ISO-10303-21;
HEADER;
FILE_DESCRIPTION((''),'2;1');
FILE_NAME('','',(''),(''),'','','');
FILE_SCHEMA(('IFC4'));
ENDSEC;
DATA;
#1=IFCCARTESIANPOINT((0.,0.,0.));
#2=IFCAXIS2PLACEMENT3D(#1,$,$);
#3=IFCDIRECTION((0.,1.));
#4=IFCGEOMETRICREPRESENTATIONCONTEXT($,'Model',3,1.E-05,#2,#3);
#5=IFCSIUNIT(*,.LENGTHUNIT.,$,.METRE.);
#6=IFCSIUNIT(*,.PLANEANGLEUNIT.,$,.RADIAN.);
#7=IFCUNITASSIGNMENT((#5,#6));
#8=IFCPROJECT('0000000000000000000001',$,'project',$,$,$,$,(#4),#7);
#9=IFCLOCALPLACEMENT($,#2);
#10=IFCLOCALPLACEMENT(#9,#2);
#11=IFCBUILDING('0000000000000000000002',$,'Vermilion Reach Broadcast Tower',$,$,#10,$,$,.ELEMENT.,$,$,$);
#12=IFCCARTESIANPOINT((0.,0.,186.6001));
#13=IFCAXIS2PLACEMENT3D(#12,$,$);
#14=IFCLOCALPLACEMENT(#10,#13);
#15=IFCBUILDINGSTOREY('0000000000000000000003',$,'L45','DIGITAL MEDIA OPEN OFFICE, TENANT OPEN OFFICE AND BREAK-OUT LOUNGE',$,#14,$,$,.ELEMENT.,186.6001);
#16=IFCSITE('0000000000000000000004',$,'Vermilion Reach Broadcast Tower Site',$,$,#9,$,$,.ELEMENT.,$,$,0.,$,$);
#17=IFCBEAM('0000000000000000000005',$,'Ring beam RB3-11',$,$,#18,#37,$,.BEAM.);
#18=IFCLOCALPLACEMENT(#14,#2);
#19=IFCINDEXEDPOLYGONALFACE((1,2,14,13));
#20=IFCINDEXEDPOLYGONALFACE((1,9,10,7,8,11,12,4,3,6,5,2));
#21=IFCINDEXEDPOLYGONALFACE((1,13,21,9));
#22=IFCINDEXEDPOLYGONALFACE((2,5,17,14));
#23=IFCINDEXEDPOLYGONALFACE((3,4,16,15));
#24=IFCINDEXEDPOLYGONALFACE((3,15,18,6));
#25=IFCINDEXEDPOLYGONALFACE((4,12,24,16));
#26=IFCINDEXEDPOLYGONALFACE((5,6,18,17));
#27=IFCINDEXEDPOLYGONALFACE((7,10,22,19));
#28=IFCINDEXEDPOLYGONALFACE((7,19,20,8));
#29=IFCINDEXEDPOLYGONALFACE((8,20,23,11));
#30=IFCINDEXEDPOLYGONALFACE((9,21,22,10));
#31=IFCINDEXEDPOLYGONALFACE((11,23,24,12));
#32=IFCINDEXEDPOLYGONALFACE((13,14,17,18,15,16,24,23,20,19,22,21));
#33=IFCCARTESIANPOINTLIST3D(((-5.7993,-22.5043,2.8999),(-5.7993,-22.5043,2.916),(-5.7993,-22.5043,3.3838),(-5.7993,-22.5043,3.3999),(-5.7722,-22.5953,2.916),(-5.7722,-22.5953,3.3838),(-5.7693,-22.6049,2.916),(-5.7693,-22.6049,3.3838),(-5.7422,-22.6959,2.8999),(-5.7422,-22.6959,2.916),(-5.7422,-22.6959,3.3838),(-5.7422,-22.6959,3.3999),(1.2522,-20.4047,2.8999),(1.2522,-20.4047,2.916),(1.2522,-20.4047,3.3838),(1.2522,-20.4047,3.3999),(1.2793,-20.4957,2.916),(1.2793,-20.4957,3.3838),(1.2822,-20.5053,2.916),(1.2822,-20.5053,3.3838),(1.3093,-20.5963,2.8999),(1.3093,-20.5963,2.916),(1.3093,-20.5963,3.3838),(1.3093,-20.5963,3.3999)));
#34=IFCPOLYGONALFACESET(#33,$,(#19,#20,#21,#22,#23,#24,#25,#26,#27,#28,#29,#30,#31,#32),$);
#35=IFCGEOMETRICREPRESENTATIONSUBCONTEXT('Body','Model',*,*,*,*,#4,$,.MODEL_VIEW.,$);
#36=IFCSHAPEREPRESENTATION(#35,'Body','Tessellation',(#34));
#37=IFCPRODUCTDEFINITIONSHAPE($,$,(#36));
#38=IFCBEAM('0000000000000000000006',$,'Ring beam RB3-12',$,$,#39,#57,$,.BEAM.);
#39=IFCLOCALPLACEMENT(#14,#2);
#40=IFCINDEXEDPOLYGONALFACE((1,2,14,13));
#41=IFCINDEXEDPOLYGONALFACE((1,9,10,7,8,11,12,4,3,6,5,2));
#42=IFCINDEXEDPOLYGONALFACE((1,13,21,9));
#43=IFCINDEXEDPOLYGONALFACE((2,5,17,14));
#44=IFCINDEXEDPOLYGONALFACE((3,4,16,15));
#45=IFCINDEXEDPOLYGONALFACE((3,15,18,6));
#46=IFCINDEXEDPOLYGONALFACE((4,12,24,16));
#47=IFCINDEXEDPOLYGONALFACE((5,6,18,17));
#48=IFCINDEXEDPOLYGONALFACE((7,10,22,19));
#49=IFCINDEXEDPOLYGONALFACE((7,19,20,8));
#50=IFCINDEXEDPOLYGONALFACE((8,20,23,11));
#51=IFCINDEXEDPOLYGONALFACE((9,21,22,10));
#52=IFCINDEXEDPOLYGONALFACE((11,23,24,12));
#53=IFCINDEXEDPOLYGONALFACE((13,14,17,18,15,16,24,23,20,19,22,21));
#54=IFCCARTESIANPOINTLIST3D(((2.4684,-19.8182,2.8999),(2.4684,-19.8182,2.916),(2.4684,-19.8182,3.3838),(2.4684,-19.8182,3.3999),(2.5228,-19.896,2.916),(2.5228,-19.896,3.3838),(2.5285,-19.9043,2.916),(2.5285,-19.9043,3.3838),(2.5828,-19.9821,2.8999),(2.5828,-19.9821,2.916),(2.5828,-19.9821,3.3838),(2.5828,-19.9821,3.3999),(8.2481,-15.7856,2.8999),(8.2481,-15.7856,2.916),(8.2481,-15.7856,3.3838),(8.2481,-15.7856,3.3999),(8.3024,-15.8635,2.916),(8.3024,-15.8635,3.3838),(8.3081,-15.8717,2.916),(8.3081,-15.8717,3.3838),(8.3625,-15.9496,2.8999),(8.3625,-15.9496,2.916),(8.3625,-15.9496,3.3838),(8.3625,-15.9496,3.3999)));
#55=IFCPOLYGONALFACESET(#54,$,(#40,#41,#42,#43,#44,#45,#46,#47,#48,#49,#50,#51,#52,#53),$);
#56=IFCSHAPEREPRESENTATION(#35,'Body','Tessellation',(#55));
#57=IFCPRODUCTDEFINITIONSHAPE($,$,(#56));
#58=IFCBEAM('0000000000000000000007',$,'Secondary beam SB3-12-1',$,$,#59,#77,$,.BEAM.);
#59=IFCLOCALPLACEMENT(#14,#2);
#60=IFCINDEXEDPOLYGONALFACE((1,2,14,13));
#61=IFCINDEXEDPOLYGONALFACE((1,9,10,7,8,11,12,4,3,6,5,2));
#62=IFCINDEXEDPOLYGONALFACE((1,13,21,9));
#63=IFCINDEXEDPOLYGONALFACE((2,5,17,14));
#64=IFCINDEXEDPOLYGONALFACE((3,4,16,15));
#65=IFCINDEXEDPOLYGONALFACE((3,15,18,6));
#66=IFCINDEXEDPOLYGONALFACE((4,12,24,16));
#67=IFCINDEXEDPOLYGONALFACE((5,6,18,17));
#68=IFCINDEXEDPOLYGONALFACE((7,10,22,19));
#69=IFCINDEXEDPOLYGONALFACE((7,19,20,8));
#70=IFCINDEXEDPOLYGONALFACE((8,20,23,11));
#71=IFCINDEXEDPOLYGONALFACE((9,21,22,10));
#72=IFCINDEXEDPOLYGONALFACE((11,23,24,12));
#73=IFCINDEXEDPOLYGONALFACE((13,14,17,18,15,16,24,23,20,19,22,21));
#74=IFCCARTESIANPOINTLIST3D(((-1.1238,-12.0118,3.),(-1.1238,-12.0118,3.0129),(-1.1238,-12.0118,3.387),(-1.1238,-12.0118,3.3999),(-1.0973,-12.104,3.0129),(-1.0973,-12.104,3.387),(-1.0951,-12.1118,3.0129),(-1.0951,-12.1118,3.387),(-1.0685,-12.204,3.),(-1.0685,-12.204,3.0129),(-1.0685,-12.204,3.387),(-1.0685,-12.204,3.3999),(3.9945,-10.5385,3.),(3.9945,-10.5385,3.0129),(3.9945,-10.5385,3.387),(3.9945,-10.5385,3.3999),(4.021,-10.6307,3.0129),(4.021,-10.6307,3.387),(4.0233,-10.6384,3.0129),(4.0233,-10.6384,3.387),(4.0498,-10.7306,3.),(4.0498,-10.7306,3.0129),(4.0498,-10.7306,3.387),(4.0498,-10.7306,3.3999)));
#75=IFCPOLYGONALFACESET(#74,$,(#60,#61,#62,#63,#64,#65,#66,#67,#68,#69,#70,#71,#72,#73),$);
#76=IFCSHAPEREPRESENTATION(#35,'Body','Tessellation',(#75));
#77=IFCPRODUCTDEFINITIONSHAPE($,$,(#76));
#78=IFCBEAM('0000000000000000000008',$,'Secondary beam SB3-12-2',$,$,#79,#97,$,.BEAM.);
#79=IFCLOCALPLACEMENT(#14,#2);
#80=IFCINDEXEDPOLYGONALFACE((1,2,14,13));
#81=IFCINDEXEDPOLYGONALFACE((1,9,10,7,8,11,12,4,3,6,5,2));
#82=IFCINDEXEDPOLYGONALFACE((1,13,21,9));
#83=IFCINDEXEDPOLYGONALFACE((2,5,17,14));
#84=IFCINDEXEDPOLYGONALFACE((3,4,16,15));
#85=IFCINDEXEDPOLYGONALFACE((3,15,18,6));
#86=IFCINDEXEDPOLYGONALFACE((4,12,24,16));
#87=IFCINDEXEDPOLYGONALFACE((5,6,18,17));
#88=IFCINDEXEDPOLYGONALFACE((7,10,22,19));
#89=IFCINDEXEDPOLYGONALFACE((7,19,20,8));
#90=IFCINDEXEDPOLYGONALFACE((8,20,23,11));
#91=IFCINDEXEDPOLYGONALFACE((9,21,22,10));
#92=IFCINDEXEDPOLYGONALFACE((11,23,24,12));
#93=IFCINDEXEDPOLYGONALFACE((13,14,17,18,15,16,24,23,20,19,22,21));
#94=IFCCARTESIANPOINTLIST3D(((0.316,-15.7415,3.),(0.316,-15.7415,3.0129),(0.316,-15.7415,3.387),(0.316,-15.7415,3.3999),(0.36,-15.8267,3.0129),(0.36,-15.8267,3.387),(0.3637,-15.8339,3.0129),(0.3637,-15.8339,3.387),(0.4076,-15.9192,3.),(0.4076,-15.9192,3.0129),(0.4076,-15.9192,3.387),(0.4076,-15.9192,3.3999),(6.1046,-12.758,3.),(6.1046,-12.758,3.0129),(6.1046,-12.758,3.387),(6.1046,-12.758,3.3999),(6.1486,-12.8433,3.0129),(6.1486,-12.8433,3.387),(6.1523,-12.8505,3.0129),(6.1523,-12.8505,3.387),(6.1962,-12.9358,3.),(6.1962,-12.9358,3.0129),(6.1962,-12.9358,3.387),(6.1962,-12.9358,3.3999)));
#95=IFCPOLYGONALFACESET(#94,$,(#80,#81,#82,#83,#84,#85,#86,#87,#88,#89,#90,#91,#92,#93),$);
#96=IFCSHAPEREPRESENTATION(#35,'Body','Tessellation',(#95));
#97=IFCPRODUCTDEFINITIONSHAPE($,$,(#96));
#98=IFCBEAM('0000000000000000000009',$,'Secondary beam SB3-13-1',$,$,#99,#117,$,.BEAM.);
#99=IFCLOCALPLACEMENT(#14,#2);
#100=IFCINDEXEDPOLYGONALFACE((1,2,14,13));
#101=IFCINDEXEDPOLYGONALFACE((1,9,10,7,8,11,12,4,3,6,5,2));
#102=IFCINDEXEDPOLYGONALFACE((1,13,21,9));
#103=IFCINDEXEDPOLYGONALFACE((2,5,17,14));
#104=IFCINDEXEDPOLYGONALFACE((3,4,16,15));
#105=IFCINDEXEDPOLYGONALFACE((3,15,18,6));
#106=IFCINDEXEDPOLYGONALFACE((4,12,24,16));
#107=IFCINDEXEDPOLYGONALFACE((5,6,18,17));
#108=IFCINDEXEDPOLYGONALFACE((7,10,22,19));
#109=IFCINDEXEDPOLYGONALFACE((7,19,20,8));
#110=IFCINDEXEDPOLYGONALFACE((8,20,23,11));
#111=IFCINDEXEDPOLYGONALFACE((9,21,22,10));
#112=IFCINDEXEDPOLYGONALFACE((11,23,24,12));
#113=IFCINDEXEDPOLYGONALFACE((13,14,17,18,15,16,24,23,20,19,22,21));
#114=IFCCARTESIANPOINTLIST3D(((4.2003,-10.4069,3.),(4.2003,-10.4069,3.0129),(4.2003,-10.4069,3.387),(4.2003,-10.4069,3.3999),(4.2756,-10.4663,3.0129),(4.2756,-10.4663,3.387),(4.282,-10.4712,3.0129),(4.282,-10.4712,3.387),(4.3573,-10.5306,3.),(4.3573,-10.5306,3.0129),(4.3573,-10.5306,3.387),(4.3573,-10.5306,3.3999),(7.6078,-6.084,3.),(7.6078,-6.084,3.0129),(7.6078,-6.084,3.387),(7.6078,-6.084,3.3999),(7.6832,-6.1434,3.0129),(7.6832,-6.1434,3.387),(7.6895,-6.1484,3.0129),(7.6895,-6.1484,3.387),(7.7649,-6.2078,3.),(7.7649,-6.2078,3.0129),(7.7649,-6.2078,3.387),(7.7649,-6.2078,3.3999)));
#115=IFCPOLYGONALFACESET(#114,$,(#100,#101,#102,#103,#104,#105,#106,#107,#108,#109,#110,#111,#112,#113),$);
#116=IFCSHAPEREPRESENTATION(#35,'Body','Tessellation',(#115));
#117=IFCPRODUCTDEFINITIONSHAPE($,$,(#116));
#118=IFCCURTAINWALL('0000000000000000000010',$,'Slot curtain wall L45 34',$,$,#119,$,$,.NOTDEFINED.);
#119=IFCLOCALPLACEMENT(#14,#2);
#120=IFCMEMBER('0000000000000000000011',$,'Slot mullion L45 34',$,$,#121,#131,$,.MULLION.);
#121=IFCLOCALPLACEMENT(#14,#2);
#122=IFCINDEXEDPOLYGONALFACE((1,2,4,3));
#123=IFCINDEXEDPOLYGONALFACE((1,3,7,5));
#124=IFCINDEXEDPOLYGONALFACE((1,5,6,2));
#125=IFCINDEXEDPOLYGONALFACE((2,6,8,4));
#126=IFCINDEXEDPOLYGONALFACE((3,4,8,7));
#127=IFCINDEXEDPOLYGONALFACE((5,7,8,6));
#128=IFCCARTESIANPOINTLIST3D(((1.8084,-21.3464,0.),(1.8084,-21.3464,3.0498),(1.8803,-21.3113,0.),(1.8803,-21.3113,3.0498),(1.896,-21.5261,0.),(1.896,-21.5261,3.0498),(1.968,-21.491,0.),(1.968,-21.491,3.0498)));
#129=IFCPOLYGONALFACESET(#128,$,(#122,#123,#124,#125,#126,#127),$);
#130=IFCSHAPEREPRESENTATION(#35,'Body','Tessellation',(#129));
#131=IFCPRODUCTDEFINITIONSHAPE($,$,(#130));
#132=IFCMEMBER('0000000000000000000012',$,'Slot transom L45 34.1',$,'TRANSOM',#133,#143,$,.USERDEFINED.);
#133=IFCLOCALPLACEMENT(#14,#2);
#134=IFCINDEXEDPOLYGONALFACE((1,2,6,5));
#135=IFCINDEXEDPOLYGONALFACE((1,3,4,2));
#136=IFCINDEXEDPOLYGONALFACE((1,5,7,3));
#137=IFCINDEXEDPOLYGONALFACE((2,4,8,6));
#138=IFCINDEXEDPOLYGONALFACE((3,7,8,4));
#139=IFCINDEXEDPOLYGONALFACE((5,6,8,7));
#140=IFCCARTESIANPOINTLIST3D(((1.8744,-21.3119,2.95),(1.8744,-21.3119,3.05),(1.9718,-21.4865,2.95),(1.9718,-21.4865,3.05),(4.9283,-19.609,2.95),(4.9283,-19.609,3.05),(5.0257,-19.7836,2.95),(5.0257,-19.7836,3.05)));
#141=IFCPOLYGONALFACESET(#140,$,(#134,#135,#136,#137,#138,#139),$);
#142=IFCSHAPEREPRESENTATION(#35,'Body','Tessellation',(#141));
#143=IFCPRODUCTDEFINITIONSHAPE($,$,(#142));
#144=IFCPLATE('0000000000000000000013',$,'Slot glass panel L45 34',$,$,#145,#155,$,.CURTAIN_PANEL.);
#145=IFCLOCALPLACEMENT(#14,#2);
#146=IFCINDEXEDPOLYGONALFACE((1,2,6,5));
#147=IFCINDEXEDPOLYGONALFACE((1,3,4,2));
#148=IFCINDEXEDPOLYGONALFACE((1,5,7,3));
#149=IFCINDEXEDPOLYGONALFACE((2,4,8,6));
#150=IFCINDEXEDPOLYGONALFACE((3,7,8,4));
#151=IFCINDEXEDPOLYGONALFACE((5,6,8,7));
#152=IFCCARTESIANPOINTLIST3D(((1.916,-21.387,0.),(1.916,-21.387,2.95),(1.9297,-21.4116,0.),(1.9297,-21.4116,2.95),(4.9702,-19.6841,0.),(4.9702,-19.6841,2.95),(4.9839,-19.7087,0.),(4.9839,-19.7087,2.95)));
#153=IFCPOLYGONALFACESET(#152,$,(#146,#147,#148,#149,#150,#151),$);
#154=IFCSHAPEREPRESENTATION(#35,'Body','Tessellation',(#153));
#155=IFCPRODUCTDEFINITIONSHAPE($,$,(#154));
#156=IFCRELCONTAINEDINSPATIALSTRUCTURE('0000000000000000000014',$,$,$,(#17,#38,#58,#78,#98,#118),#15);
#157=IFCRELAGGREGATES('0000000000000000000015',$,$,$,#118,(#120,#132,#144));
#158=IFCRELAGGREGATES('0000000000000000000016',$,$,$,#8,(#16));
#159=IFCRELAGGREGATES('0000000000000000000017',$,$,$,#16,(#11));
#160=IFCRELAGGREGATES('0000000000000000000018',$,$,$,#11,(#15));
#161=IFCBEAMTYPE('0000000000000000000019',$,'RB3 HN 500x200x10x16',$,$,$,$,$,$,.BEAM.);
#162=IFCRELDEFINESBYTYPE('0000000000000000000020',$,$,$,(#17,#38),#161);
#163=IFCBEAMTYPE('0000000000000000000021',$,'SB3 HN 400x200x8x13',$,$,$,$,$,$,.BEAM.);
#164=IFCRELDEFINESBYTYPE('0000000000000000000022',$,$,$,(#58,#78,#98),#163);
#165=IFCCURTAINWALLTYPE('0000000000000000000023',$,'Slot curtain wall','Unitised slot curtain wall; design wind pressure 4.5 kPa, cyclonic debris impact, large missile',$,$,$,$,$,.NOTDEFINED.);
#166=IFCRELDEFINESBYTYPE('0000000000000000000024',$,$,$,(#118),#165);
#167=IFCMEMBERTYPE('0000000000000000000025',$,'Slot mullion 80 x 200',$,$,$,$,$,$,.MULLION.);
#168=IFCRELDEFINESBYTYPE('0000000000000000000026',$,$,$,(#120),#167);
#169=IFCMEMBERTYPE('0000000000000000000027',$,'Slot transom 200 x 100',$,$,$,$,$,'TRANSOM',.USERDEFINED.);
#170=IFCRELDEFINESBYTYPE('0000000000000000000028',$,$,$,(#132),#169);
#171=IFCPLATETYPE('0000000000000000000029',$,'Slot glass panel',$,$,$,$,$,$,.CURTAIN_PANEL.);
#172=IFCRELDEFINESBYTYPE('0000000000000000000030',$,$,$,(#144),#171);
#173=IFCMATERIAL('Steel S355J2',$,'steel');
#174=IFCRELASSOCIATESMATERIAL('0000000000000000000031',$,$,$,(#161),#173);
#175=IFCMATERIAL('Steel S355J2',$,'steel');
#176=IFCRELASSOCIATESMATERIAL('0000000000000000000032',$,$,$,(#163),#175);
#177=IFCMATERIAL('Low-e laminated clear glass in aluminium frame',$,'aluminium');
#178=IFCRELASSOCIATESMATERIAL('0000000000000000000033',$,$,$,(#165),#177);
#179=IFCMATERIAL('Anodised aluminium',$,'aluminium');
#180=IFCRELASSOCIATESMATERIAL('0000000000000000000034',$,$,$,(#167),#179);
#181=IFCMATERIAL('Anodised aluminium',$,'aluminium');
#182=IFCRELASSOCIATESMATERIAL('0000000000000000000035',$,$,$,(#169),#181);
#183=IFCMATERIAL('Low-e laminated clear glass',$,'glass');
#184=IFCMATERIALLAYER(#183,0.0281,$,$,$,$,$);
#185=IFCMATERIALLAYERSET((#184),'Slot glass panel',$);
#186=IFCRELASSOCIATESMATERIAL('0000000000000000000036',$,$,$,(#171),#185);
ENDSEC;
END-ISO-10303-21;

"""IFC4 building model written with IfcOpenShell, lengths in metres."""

from ifc_helpers import new_model, si_unit, direction, frame, origin, origin_2d, place, context, subcontext, project, spatial, rectangle, i_section, extrude, material, layer, layer_set, material_profile, profile_set, type_object, element, aggregate, save


model = new_model("IFC4")

# Units and contexts
model_context = context("Model", 3, precision=1e-05, world=origin(), true_north=direction((0.0, 1.0)))
body_context = subcontext(model_context, "Body", "Model", "MODEL_VIEW")
ifc_project = project(units=[si_unit("LENGTHUNIT", "METRE"), si_unit("PLANEANGLEUNIT", "RADIAN")], contexts=[model_context])

# Site, building, storey
site_placement = place(None, origin())
site = spatial("IfcSite", under=ifc_project, at=site_placement, Name="Vermilion Reach Broadcast Tower Site", CompositionType="ELEMENT", RefElevation=0.0)
building_placement = place(site_placement, origin())
building = spatial("IfcBuilding", under=site, at=building_placement, Name="Vermilion Reach Broadcast Tower", CompositionType="ELEMENT")
storey_placement = place(building_placement, frame((0.0, 0.0, 186.6001)))
storey = spatial("IfcBuildingStorey", under=building, at=storey_placement, Name="L45", Description="DIGITAL MEDIA OPEN OFFICE, TENANT OPEN OFFICE AND BREAK-OUT LOUNGE", CompositionType="ELEMENT", Elevation=186.6001)

# Beams
ifc_material_1 = material(Name="Steel S355J2", Category="steel")
ifc_material_profile_1 = material_profile(ifc_material_1, i_section(OverallWidth=0.2, OverallDepth=0.5, WebThickness=0.01, FlangeThickness=0.0161, at=origin_2d()), Name="S355J2 HN 500x200x10x16")
ifc_profile_set_1 = profile_set([ifc_material_profile_1], Name="Steel S355J2")
beam_type_1 = type_object("IfcBeamType", Name="RB3 HN 500x200x10x16", PredefinedType="BEAM", material=ifc_profile_set_1)
beam_1_placement = place(storey_placement, frame((-5.7708, -22.6001, 3.1499), z_axis=(0.958417, 0.285372, 0.0), x_axis=(-0.285372, 0.958417, 0.0)))
element("IfcBeam", 1, at=beam_1_placement, inside=storey, type_object=beam_type_1, Name="Ring beam RB3-11", PredefinedType="BEAM", context=body_context, shape_type="SweptSolid", body=[
    extrude(i_section(OverallWidth=0.2, OverallDepth=0.5, WebThickness=0.01, FlangeThickness=0.0161, at=origin_2d()), origin(), (0.0, 0.0, 1.0), 7.3574),
])
beam_2_placement = place(storey_placement, frame((2.5256, -19.9001, 3.1499), z_axis=(0.820111, 0.572204, 0.0), x_axis=(-0.572204, 0.820111, 0.0)))
element("IfcBeam", 2, at=beam_2_placement, inside=storey, type_object=beam_type_1, Name="Ring beam RB3-12", PredefinedType="BEAM", context=body_context, shape_type="SweptSolid", body=[
    extrude(i_section(OverallWidth=0.2, OverallDepth=0.5, WebThickness=0.01, FlangeThickness=0.0161, at=origin_2d()), origin(), (0.0, 0.0, 1.0), 7.0474),
])
ifc_material_2 = material(Name="Steel S355J2", Category="steel")
ifc_material_profile_2 = material_profile(ifc_material_2, i_section(OverallWidth=0.2, OverallDepth=0.3999, WebThickness=0.0081, FlangeThickness=0.0129, at=origin_2d()), Name="S355J2 HN 400x200x8x13")
ifc_profile_set_2 = profile_set([ifc_material_profile_2], Name="Steel S355J2")
beam_type_2 = type_object("IfcBeamType", Name="SB3 HN 400x200x8x13", PredefinedType="BEAM", material=ifc_profile_set_2)
beam_3_placement = place(storey_placement, frame((-1.0962, -12.1079, 3.2), z_axis=(0.960977, 0.276628, 0.0), x_axis=(-0.276628, 0.960977, 0.0)))
element("IfcBeam", 3, at=beam_3_placement, inside=storey, type_object=beam_type_2, Name="Secondary beam SB3-12-1", PredefinedType="BEAM", context=body_context, shape_type="SweptSolid", body=[
    extrude(i_section(OverallWidth=0.2, OverallDepth=0.3999, WebThickness=0.0081, FlangeThickness=0.0129, at=origin_2d()), origin(), (0.0, 0.0, 1.0), 5.3262),
])
beam_4_placement = place(storey_placement, frame((0.3618, -15.8303, 3.2), z_axis=(0.888887, 0.458127, 0.0), x_axis=(-0.458127, 0.888887, 0.0)))
element("IfcBeam", 4, at=beam_4_placement, inside=storey, type_object=beam_type_2, Name="Secondary beam SB3-12-2", PredefinedType="BEAM", context=body_context, shape_type="SweptSolid", body=[
    extrude(i_section(OverallWidth=0.2, OverallDepth=0.3999, WebThickness=0.0081, FlangeThickness=0.0129, at=origin_2d()), origin(), (0.0, 0.0, 1.0), 6.5122),
])
beam_5_placement = place(storey_placement, frame((4.2788, -10.4688, 3.2), z_axis=(0.619059, 0.785345, 0.0), x_axis=(-0.785345, 0.619059, 0.0)))
element("IfcBeam", 5, at=beam_5_placement, inside=storey, type_object=beam_type_2, Name="Secondary beam SB3-13-1", PredefinedType="BEAM", context=body_context, shape_type="SweptSolid", body=[
    extrude(i_section(OverallWidth=0.2, OverallDepth=0.3999, WebThickness=0.0081, FlangeThickness=0.0129, at=origin_2d()), origin(), (0.0, 0.0, 1.0), 5.5044),
])

# Curtain wall, members, plate
ifc_material_3 = material(Name="Low-e laminated clear glass in aluminium frame", Category="aluminium")
curtain_wall_type = type_object("IfcCurtainWallType", Name="Slot curtain wall", Description="Unitised slot curtain wall; design wind pressure 4.5 kPa, cyclonic debris impact, large missile", PredefinedType="NOTDEFINED", material=ifc_material_3)
curtain_wall_placement = place(storey_placement, origin())
curtain_wall = element("IfcCurtainWall", 6, at=curtain_wall_placement, inside=storey, type_object=curtain_wall_type, Name="Slot curtain wall L45 34", PredefinedType="NOTDEFINED")
ifc_material_4 = material(Name="Anodised aluminium", Category="aluminium")
ifc_material_profile_3 = material_profile(ifc_material_4, rectangle(XDim=0.2, YDim=0.0801, at=origin_2d()), Name="Slot mullion 80 x 200")
ifc_profile_set_3 = profile_set([ifc_material_profile_3], Name="Anodised aluminium")
member_type_1 = type_object("IfcMemberType", Name="Slot mullion 80 x 200", PredefinedType="MULLION", material=ifc_profile_set_3)
member_1_placement = place(storey_placement, frame((1.8882, -21.4187, 0.0), z_axis=(0.0, 0.0, 1.0), x_axis=(-0.438356, 0.898802, 0.0)))
member_1 = element("IfcMember", 7, at=member_1_placement, type_object=member_type_1, Name="Slot mullion L45 34", PredefinedType="MULLION", context=body_context, shape_type="SweptSolid", body=[
    extrude(rectangle(XDim=0.2, YDim=0.0801, at=origin_2d()), origin(), (0.0, 0.0, 1.0), 3.0498),
])
ifc_material_5 = material(Name="Anodised aluminium", Category="aluminium")
ifc_material_profile_4 = material_profile(ifc_material_5, rectangle(XDim=0.2, YDim=0.1001, at=origin_2d()), Name="Slot transom 200 x 100")
ifc_profile_set_4 = profile_set([ifc_material_profile_4], Name="Anodised aluminium")
member_type_2 = type_object("IfcMemberType", Name="Slot transom 200 x 100", ElementType="TRANSOM", PredefinedType="USERDEFINED", material=ifc_profile_set_4)
member_2_placement = place(storey_placement, frame((1.9231, -21.3992, 3.0), z_axis=(0.873399, 0.487006, 0.0), x_axis=(-0.487006, 0.873399, 0.0)))
member_2 = element("IfcMember", 8, at=member_2_placement, type_object=member_type_2, Name="Slot transom L45 34.1", ObjectType="TRANSOM", PredefinedType="USERDEFINED", context=body_context, shape_type="SweptSolid", body=[
    extrude(rectangle(XDim=0.2, YDim=0.1001, at=origin_2d()), origin(), (0.0, 0.0, 1.0), 3.4966),
])
ifc_material_6 = material(Name="Low-e laminated clear glass", Category="glass")
ifc_layer_1 = layer(ifc_material_6, 0.0281)
ifc_layer_set_1 = layer_set([ifc_layer_1], Name="Slot glass panel")
plate_type = type_object("IfcPlateType", Name="Slot glass panel", PredefinedType="CURTAIN_PANEL", material=ifc_layer_set_1)
plate_placement = place(storey_placement, frame((3.45, -20.5479, 0.0), z_axis=(0.0, 0.0, 1.0), x_axis=(0.873412, 0.486983, 0.0)))
plate = element("IfcPlate", 9, at=plate_placement, type_object=plate_type, Name="Slot glass panel L45 34", PredefinedType="CURTAIN_PANEL", context=body_context, shape_type="SweptSolid", body=[
    extrude(rectangle(XDim=3.4968, YDim=0.0281, at=origin_2d()), origin(), (0.0, 0.0, 1.0), 2.95),
])
aggregate(curtain_wall, [member_1, member_2, plate])

save(model, "model.ifc")
